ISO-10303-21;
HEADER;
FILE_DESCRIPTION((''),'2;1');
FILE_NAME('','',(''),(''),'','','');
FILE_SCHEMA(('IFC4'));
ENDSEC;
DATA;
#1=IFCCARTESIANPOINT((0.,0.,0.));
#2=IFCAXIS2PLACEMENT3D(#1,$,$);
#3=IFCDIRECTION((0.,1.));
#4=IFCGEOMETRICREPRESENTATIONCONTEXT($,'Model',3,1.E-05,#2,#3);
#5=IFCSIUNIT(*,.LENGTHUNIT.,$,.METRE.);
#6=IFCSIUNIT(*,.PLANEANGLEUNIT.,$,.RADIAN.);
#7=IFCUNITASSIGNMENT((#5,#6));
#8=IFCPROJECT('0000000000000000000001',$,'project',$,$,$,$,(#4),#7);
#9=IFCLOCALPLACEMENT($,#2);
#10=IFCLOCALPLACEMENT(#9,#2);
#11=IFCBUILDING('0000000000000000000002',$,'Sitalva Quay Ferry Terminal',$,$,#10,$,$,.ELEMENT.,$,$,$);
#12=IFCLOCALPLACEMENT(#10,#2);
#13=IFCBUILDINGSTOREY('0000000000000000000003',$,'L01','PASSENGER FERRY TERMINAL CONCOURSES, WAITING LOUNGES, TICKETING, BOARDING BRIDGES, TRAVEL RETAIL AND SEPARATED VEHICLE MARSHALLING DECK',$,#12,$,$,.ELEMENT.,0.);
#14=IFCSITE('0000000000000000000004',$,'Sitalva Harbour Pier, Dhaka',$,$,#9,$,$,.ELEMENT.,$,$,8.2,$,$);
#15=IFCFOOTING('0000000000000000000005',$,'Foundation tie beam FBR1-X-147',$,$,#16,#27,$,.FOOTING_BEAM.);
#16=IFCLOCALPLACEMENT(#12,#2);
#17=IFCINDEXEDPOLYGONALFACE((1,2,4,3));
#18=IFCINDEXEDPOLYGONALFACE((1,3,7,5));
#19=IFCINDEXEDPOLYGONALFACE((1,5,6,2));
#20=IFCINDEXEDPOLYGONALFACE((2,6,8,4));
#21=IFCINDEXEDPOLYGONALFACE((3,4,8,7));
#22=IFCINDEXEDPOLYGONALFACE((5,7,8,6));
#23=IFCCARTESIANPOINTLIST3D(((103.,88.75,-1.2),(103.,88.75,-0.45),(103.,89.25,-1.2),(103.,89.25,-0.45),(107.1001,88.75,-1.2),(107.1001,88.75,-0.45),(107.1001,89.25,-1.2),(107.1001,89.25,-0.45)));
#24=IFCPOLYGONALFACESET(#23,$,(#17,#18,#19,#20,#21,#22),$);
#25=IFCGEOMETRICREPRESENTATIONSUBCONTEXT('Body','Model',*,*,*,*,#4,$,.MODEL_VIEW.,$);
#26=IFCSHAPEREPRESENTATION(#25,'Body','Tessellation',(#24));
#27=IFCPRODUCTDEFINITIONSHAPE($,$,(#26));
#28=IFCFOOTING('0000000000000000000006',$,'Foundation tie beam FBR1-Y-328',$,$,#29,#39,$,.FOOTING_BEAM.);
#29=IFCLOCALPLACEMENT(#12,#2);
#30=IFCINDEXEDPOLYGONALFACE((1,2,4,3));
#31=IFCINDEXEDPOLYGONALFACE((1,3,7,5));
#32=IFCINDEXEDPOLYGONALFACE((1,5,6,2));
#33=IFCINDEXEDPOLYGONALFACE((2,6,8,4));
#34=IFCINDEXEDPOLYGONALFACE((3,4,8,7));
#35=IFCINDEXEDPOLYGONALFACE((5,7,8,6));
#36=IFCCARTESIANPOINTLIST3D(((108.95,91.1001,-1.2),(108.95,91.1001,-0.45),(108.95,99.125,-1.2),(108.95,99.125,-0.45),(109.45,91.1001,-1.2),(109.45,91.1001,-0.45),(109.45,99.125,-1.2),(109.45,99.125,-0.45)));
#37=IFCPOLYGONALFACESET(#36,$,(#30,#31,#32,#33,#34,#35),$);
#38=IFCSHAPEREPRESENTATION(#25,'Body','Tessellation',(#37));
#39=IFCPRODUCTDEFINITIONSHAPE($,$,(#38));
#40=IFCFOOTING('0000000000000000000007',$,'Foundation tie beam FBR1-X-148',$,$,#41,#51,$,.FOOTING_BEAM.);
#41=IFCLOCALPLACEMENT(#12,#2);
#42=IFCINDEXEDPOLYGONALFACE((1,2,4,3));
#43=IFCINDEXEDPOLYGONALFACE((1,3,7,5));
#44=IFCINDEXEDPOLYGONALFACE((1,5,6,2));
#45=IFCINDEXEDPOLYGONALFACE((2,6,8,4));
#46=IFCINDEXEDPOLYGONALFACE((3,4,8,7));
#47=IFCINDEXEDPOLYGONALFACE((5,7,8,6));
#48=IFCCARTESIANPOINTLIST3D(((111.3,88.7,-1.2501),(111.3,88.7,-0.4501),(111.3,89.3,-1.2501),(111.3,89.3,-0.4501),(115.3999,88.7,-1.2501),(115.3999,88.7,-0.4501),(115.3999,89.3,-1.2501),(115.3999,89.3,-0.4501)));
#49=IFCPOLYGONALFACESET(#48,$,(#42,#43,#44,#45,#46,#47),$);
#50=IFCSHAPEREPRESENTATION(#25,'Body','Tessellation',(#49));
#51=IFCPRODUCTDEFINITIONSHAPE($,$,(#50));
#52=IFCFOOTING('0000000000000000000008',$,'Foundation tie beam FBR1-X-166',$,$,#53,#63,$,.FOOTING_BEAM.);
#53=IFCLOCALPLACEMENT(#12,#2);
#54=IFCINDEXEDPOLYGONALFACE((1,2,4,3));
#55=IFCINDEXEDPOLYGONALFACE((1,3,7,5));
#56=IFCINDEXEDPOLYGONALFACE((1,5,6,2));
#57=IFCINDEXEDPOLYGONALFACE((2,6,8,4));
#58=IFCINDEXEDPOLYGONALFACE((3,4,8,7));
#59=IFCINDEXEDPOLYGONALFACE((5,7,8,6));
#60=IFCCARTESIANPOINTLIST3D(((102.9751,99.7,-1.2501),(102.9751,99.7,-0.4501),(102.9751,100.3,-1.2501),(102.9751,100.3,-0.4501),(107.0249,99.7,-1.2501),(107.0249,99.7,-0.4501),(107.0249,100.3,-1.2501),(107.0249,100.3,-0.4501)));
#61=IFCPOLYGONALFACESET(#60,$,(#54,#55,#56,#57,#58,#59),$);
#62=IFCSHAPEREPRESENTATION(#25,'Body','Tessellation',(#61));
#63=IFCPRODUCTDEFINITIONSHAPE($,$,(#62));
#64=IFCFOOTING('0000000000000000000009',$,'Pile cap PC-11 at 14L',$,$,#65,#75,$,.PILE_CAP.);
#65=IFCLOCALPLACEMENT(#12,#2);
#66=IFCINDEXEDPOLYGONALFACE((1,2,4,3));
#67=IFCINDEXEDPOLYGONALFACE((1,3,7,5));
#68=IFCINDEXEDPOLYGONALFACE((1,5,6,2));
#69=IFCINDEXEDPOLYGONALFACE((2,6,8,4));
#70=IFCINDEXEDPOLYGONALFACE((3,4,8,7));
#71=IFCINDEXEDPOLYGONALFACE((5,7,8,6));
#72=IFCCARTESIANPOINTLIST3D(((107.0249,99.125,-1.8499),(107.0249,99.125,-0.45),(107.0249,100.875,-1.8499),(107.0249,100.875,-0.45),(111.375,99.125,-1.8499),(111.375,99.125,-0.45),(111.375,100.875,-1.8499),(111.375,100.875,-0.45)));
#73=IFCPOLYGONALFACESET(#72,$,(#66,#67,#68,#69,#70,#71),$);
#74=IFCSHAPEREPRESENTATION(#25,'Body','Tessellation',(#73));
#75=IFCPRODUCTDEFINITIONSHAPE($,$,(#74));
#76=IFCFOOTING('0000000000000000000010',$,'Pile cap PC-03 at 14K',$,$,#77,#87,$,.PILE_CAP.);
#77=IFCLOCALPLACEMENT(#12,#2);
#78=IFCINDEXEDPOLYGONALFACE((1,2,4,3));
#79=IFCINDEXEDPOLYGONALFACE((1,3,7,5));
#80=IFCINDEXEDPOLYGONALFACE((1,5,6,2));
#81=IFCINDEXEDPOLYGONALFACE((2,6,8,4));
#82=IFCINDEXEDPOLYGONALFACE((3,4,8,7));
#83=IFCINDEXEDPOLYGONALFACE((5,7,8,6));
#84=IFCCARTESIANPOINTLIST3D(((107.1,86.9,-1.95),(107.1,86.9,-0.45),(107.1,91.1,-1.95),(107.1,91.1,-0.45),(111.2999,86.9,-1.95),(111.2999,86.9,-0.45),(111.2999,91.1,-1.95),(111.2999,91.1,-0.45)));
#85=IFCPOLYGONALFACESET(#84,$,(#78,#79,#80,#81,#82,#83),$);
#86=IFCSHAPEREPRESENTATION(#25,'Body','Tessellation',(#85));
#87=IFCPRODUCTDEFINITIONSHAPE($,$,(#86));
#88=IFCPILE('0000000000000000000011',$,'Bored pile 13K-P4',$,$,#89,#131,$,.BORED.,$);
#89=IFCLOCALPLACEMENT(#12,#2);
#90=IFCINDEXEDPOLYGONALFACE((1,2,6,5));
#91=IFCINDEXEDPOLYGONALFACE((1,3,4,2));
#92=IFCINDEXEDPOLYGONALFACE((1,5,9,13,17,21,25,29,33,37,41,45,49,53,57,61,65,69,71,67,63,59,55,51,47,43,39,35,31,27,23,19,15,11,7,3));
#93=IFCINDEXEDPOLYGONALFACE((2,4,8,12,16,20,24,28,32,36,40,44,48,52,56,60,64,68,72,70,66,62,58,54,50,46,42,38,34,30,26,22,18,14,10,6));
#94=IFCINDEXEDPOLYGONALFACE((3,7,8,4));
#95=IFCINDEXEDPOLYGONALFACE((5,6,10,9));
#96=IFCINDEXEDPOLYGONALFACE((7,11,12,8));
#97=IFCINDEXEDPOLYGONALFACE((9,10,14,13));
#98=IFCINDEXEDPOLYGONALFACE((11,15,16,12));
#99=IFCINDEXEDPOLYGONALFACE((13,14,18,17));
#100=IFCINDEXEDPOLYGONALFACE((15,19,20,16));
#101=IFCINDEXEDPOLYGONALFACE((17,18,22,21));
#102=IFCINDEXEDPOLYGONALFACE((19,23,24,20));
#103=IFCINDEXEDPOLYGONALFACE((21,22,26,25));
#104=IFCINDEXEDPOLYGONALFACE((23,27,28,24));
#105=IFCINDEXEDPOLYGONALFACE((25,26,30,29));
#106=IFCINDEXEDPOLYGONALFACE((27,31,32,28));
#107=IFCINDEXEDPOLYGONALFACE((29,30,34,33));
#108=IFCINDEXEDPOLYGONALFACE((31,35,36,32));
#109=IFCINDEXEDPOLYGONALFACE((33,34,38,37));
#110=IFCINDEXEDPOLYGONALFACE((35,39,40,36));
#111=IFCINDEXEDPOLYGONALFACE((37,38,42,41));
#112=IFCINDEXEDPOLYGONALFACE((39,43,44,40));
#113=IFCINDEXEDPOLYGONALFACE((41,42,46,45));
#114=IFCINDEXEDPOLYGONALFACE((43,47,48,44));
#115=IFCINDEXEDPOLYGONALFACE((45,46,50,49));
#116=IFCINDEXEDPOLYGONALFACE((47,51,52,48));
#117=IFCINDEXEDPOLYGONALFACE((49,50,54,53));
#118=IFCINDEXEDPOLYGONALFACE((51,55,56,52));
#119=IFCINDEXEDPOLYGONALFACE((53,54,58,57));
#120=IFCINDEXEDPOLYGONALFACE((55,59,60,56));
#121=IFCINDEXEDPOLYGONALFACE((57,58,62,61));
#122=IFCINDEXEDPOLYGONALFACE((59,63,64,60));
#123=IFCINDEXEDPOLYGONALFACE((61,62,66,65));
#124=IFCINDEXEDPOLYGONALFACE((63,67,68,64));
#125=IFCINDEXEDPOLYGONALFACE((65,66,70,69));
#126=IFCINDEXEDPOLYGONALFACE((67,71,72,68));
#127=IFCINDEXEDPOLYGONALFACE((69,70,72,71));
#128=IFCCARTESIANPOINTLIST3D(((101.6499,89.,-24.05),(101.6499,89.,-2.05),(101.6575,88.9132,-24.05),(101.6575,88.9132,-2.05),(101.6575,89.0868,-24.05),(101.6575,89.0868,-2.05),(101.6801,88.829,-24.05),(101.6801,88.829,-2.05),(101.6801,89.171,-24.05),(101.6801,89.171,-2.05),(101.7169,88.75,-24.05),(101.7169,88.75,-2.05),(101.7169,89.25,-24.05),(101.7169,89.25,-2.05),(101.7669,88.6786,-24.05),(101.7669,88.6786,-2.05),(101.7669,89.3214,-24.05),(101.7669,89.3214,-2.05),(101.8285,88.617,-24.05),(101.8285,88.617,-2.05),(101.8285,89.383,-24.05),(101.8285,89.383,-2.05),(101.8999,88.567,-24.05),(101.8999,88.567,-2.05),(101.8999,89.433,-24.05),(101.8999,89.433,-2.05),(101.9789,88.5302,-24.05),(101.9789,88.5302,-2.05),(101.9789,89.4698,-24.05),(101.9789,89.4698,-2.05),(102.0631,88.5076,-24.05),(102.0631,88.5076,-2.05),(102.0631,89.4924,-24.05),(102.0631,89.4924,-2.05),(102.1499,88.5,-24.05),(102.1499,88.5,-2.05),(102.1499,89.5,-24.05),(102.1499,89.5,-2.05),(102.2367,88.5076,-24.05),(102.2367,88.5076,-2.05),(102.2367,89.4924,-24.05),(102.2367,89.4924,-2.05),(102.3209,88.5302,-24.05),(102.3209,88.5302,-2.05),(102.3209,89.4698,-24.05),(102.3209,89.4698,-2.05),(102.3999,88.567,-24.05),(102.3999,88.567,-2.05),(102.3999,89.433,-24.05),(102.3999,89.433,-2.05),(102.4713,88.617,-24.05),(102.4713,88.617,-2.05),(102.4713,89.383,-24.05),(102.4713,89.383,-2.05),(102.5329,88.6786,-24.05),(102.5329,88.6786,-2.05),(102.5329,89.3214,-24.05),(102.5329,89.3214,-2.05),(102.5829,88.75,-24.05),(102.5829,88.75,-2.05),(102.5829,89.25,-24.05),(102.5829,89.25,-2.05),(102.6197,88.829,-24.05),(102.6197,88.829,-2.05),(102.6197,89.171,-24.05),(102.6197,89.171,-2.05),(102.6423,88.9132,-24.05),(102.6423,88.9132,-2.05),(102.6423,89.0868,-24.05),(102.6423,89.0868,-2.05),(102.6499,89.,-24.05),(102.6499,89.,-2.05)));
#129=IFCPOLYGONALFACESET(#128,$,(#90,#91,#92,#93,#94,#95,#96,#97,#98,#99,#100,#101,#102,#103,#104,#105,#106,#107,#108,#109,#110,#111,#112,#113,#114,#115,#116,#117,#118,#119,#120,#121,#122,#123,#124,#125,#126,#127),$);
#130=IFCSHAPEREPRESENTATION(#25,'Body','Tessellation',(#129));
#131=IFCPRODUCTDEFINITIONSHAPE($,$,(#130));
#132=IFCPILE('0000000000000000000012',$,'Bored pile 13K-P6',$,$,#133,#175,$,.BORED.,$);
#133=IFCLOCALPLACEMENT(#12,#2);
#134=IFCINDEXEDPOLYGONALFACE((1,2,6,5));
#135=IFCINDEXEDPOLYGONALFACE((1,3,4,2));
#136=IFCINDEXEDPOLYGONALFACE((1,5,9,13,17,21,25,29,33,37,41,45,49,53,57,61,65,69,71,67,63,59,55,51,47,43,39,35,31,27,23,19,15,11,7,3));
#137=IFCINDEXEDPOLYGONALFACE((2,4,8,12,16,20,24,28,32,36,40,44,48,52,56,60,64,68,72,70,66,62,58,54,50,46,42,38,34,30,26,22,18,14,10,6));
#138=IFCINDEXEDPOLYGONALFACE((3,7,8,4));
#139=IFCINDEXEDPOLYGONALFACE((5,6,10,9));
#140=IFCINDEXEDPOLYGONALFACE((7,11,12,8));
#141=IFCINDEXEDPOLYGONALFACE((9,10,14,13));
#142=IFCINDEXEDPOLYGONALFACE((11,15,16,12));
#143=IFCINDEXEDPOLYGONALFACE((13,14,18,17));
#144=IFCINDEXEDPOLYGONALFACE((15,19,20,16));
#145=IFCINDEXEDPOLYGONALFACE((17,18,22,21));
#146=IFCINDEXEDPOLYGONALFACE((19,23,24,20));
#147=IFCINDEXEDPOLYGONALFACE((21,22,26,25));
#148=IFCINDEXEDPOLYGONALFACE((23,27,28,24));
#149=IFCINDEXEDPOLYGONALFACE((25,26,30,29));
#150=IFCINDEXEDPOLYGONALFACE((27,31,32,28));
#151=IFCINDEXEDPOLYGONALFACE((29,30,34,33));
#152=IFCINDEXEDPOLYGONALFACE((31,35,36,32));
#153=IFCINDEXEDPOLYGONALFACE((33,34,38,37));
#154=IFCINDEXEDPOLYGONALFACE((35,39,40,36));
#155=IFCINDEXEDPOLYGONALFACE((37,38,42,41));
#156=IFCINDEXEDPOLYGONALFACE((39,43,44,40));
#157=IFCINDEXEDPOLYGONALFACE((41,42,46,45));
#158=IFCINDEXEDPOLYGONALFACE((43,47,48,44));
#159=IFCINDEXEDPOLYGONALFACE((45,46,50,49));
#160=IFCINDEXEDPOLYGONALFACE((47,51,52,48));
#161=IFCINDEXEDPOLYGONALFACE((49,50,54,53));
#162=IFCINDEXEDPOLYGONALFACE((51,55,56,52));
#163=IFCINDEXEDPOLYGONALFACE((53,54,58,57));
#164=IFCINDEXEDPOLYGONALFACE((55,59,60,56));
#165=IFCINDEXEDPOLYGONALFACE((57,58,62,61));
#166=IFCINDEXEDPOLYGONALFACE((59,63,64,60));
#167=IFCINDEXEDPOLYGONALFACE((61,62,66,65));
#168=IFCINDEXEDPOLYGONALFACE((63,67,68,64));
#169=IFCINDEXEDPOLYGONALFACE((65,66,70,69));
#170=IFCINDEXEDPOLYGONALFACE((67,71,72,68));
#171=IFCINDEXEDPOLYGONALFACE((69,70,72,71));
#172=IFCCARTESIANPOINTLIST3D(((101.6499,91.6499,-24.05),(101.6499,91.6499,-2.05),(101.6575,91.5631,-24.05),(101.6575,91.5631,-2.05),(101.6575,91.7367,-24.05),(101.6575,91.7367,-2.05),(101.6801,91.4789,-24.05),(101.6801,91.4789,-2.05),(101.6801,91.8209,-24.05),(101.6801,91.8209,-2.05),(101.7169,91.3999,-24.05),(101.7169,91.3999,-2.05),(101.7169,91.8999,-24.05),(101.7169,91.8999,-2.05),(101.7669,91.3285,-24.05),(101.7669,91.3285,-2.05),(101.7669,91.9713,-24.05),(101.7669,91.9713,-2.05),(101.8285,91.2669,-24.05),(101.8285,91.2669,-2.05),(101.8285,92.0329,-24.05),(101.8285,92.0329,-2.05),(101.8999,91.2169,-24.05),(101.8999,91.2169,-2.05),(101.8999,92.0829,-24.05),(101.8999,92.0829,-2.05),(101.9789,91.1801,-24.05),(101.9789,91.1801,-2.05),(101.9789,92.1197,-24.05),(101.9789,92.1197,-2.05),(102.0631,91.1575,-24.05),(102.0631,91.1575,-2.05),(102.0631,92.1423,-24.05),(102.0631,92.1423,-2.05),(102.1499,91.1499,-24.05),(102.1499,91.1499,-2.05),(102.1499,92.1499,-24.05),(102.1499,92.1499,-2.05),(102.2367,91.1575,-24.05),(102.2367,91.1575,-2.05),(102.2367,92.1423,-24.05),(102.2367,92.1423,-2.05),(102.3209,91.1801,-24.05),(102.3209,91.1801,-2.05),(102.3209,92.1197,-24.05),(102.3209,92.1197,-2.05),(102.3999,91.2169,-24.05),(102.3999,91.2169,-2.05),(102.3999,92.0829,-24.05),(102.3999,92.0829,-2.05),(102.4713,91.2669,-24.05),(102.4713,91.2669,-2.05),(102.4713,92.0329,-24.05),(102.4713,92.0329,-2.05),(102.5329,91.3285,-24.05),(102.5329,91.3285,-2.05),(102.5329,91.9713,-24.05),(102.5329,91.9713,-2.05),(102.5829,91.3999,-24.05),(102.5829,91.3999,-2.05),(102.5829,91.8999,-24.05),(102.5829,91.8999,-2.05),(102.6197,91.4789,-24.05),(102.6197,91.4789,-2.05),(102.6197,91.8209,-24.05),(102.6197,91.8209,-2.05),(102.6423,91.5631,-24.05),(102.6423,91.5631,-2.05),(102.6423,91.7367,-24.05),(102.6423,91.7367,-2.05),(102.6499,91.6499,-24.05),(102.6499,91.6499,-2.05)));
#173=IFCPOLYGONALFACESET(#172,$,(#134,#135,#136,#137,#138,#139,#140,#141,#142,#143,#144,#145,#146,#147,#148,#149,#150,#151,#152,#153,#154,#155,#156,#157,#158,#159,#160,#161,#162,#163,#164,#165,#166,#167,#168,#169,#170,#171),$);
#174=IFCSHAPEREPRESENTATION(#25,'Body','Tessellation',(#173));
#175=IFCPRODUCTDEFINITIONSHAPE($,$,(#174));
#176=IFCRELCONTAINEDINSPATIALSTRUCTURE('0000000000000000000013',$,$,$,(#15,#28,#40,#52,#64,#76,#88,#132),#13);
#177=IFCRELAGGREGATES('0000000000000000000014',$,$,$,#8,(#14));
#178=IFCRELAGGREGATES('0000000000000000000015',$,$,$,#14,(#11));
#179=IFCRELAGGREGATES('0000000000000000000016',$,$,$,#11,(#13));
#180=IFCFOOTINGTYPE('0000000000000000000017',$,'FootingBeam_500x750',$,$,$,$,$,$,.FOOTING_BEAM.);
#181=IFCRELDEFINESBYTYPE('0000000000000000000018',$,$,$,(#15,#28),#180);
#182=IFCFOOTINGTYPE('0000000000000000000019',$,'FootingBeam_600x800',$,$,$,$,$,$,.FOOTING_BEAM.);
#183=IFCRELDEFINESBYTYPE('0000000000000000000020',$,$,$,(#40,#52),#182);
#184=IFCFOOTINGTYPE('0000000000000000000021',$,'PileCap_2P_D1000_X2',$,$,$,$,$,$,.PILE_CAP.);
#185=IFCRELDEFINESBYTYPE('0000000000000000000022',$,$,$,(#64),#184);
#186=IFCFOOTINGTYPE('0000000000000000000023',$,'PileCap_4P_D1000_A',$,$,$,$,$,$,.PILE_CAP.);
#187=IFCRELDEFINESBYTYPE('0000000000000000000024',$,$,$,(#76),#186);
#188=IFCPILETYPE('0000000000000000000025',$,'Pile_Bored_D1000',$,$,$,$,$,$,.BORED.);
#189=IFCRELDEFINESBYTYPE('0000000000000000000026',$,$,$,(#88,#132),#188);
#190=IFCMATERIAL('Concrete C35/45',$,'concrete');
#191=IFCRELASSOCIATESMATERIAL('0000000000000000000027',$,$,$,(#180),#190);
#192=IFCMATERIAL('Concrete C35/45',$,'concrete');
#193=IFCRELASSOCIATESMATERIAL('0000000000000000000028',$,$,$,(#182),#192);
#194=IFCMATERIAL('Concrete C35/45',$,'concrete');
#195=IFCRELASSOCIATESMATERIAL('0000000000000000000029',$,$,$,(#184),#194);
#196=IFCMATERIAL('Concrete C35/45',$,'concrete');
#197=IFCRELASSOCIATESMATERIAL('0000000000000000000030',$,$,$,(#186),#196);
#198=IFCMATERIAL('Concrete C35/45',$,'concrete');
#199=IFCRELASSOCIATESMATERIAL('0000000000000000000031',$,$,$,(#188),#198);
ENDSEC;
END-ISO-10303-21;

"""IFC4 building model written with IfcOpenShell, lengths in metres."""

from ifc_helpers import new_model, si_unit, direction, frame, origin, origin_2d, place, context, subcontext, project, spatial, rectangle, circle, extrude, material, material_profile, profile_set, type_object, element, save


model = new_model("IFC4")

# Units and contexts
model_context = context("Model", 3, precision=1e-05, world=origin(), true_north=direction((0.0, 1.0)))
body_context = subcontext(model_context, "Body", "Model", "MODEL_VIEW")
ifc_project = project(units=[si_unit("LENGTHUNIT", "METRE"), si_unit("PLANEANGLEUNIT", "RADIAN")], contexts=[model_context])

# Site, building, storey
site_placement = place(None, origin())
site = spatial("IfcSite", under=ifc_project, at=site_placement, Name="Sitalva Harbour Pier, Dhaka", CompositionType="ELEMENT", RefElevation=8.2)
building_placement = place(site_placement, origin())
building = spatial("IfcBuilding", under=site, at=building_placement, Name="Sitalva Quay Ferry Terminal", CompositionType="ELEMENT")
storey_placement = place(building_placement, origin())
storey = spatial("IfcBuildingStorey", under=building, at=storey_placement, Name="L01", Description="PASSENGER FERRY TERMINAL CONCOURSES, WAITING LOUNGES, TICKETING, BOARDING BRIDGES, TRAVEL RETAIL AND SEPARATED VEHICLE MARSHALLING DECK", CompositionType="ELEMENT", Elevation=0.0)

# Footings
ifc_material_1 = material(Name="Concrete C35/45", Category="concrete")
ifc_material_profile_1 = material_profile(ifc_material_1, rectangle(XDim=0.5, YDim=0.75, at=origin_2d()), Name="RC500x750")
ifc_profile_set_1 = profile_set([ifc_material_profile_1], Name="Concrete C35/45")
footing_type_1 = type_object("IfcFootingType", Name="FootingBeam_500x750", PredefinedType="FOOTING_BEAM", material=ifc_profile_set_1)
footing_1_placement = place(storey_placement, frame((103.0, 89.0, -0.825), z_axis=(1.0, 0.0, 0.0), x_axis=(0.0, 1.0, 0.0)))
element("IfcFooting", 1, at=footing_1_placement, inside=storey, type_object=footing_type_1, Name="Foundation tie beam FBR1-X-147", PredefinedType="FOOTING_BEAM", context=body_context, shape_type="SweptSolid", body=[
    extrude(rectangle(XDim=0.5, YDim=0.75, at=origin_2d()), origin(), (0.0, 0.0, 1.0), 4.1001),
])
footing_2_placement = place(storey_placement, frame((109.2, 91.1001, -0.825), z_axis=(0.0, 1.0, 0.0), x_axis=(-1.0, 0.0, 0.0)))
element("IfcFooting", 2, at=footing_2_placement, inside=storey, type_object=footing_type_1, Name="Foundation tie beam FBR1-Y-328", PredefinedType="FOOTING_BEAM", context=body_context, shape_type="SweptSolid", body=[
    extrude(rectangle(XDim=0.5, YDim=0.75, at=origin_2d()), origin(), (0.0, 0.0, 1.0), 8.0249),
])
ifc_material_2 = material(Name="Concrete C35/45", Category="concrete")
ifc_material_profile_2 = material_profile(ifc_material_2, rectangle(XDim=0.6001, YDim=0.8, at=origin_2d()), Name="RC600x800")
ifc_profile_set_2 = profile_set([ifc_material_profile_2], Name="Concrete C35/45")
footing_type_2 = type_object("IfcFootingType", Name="FootingBeam_600x800", PredefinedType="FOOTING_BEAM", material=ifc_profile_set_2)
footing_3_placement = place(storey_placement, frame((111.3, 89.0, -0.8501), z_axis=(1.0, 0.0, 0.0), x_axis=(0.0, 1.0, 0.0)))
element("IfcFooting", 3, at=footing_3_placement, inside=storey, type_object=footing_type_2, Name="Foundation tie beam FBR1-X-148", PredefinedType="FOOTING_BEAM", context=body_context, shape_type="SweptSolid", body=[
    extrude(rectangle(XDim=0.6001, YDim=0.8, at=origin_2d()), origin(), (0.0, 0.0, 1.0), 4.0999),
])
footing_4_placement = place(storey_placement, frame((102.9751, 100.0, -0.8501), z_axis=(1.0, 0.0, 0.0), x_axis=(0.0, 1.0, 0.0)))
element("IfcFooting", 4, at=footing_4_placement, inside=storey, type_object=footing_type_2, Name="Foundation tie beam FBR1-X-166", PredefinedType="FOOTING_BEAM", context=body_context, shape_type="SweptSolid", body=[
    extrude(rectangle(XDim=0.6001, YDim=0.8, at=origin_2d()), origin(), (0.0, 0.0, 1.0), 4.0498),
])
ifc_material_3 = material(Name="Concrete C35/45", Category="concrete")
footing_type_3 = type_object("IfcFootingType", Name="PileCap_2P_D1000_X2", PredefinedType="PILE_CAP", material=ifc_material_3)
footing_5_placement = place(storey_placement, frame((109.2, 100.0, -1.8499), z_axis=(0.0, 0.0, 1.0), x_axis=(1.0, 0.0, 0.0)))
element("IfcFooting", 5, at=footing_5_placement, inside=storey, type_object=footing_type_3, Name="Pile cap PC-11 at 14L", PredefinedType="PILE_CAP", context=body_context, shape_type="SweptSolid", body=[
    extrude(rectangle(XDim=4.3501, YDim=1.75, at=origin_2d()), origin(), (0.0, 0.0, 1.0), 1.3999),
])
ifc_material_4 = material(Name="Concrete C35/45", Category="concrete")
footing_type_4 = type_object("IfcFootingType", Name="PileCap_4P_D1000_A", PredefinedType="PILE_CAP", material=ifc_material_4)
footing_6_placement = place(storey_placement, frame((109.2, 89.0, -1.95), z_axis=(0.0, 0.0, 1.0), x_axis=(1.0, 0.0, 0.0)))
element("IfcFooting", 6, at=footing_6_placement, inside=storey, type_object=footing_type_4, Name="Pile cap PC-03 at 14K", PredefinedType="PILE_CAP", context=body_context, shape_type="SweptSolid", body=[
    extrude(rectangle(XDim=4.2, YDim=4.2, at=origin_2d()), origin(), (0.0, 0.0, 1.0), 1.5),
])

# Piles
ifc_material_5 = material(Name="Concrete C35/45", Category="concrete")
ifc_material_profile_3 = material_profile(ifc_material_5, circle(Radius=0.5, at=origin_2d()), Name="PILE-D1000")
ifc_profile_set_3 = profile_set([ifc_material_profile_3], Name="Concrete C35/45")
pile_type = type_object("IfcPileType", Name="Pile_Bored_D1000", PredefinedType="BORED", material=ifc_profile_set_3)
for number, where, z_axis, x_axis, name in (
    (7, (102.1499, 89.0, -2.05), (0.0, 0.0, -1.0), (1.0, 0.0, 0.0), "Bored pile 13K-P4"),
    (8, (102.1499, 91.6499, -2.05), (0.0, 0.0, -1.0), (1.0, 0.0, 0.0), "Bored pile 13K-P6"),
):
    element("IfcPile", number, at=place(storey_placement, frame(where, z_axis=z_axis, x_axis=x_axis)), inside=storey, type_object=pile_type, Name=name, PredefinedType="BORED", context=body_context, shape_type="SweptSolid", body=[
        extrude(circle(Radius=0.5, at=origin_2d()), origin(), (0.0, 0.0, 1.0), 22.0),
    ])

save(model, "model.ifc")
